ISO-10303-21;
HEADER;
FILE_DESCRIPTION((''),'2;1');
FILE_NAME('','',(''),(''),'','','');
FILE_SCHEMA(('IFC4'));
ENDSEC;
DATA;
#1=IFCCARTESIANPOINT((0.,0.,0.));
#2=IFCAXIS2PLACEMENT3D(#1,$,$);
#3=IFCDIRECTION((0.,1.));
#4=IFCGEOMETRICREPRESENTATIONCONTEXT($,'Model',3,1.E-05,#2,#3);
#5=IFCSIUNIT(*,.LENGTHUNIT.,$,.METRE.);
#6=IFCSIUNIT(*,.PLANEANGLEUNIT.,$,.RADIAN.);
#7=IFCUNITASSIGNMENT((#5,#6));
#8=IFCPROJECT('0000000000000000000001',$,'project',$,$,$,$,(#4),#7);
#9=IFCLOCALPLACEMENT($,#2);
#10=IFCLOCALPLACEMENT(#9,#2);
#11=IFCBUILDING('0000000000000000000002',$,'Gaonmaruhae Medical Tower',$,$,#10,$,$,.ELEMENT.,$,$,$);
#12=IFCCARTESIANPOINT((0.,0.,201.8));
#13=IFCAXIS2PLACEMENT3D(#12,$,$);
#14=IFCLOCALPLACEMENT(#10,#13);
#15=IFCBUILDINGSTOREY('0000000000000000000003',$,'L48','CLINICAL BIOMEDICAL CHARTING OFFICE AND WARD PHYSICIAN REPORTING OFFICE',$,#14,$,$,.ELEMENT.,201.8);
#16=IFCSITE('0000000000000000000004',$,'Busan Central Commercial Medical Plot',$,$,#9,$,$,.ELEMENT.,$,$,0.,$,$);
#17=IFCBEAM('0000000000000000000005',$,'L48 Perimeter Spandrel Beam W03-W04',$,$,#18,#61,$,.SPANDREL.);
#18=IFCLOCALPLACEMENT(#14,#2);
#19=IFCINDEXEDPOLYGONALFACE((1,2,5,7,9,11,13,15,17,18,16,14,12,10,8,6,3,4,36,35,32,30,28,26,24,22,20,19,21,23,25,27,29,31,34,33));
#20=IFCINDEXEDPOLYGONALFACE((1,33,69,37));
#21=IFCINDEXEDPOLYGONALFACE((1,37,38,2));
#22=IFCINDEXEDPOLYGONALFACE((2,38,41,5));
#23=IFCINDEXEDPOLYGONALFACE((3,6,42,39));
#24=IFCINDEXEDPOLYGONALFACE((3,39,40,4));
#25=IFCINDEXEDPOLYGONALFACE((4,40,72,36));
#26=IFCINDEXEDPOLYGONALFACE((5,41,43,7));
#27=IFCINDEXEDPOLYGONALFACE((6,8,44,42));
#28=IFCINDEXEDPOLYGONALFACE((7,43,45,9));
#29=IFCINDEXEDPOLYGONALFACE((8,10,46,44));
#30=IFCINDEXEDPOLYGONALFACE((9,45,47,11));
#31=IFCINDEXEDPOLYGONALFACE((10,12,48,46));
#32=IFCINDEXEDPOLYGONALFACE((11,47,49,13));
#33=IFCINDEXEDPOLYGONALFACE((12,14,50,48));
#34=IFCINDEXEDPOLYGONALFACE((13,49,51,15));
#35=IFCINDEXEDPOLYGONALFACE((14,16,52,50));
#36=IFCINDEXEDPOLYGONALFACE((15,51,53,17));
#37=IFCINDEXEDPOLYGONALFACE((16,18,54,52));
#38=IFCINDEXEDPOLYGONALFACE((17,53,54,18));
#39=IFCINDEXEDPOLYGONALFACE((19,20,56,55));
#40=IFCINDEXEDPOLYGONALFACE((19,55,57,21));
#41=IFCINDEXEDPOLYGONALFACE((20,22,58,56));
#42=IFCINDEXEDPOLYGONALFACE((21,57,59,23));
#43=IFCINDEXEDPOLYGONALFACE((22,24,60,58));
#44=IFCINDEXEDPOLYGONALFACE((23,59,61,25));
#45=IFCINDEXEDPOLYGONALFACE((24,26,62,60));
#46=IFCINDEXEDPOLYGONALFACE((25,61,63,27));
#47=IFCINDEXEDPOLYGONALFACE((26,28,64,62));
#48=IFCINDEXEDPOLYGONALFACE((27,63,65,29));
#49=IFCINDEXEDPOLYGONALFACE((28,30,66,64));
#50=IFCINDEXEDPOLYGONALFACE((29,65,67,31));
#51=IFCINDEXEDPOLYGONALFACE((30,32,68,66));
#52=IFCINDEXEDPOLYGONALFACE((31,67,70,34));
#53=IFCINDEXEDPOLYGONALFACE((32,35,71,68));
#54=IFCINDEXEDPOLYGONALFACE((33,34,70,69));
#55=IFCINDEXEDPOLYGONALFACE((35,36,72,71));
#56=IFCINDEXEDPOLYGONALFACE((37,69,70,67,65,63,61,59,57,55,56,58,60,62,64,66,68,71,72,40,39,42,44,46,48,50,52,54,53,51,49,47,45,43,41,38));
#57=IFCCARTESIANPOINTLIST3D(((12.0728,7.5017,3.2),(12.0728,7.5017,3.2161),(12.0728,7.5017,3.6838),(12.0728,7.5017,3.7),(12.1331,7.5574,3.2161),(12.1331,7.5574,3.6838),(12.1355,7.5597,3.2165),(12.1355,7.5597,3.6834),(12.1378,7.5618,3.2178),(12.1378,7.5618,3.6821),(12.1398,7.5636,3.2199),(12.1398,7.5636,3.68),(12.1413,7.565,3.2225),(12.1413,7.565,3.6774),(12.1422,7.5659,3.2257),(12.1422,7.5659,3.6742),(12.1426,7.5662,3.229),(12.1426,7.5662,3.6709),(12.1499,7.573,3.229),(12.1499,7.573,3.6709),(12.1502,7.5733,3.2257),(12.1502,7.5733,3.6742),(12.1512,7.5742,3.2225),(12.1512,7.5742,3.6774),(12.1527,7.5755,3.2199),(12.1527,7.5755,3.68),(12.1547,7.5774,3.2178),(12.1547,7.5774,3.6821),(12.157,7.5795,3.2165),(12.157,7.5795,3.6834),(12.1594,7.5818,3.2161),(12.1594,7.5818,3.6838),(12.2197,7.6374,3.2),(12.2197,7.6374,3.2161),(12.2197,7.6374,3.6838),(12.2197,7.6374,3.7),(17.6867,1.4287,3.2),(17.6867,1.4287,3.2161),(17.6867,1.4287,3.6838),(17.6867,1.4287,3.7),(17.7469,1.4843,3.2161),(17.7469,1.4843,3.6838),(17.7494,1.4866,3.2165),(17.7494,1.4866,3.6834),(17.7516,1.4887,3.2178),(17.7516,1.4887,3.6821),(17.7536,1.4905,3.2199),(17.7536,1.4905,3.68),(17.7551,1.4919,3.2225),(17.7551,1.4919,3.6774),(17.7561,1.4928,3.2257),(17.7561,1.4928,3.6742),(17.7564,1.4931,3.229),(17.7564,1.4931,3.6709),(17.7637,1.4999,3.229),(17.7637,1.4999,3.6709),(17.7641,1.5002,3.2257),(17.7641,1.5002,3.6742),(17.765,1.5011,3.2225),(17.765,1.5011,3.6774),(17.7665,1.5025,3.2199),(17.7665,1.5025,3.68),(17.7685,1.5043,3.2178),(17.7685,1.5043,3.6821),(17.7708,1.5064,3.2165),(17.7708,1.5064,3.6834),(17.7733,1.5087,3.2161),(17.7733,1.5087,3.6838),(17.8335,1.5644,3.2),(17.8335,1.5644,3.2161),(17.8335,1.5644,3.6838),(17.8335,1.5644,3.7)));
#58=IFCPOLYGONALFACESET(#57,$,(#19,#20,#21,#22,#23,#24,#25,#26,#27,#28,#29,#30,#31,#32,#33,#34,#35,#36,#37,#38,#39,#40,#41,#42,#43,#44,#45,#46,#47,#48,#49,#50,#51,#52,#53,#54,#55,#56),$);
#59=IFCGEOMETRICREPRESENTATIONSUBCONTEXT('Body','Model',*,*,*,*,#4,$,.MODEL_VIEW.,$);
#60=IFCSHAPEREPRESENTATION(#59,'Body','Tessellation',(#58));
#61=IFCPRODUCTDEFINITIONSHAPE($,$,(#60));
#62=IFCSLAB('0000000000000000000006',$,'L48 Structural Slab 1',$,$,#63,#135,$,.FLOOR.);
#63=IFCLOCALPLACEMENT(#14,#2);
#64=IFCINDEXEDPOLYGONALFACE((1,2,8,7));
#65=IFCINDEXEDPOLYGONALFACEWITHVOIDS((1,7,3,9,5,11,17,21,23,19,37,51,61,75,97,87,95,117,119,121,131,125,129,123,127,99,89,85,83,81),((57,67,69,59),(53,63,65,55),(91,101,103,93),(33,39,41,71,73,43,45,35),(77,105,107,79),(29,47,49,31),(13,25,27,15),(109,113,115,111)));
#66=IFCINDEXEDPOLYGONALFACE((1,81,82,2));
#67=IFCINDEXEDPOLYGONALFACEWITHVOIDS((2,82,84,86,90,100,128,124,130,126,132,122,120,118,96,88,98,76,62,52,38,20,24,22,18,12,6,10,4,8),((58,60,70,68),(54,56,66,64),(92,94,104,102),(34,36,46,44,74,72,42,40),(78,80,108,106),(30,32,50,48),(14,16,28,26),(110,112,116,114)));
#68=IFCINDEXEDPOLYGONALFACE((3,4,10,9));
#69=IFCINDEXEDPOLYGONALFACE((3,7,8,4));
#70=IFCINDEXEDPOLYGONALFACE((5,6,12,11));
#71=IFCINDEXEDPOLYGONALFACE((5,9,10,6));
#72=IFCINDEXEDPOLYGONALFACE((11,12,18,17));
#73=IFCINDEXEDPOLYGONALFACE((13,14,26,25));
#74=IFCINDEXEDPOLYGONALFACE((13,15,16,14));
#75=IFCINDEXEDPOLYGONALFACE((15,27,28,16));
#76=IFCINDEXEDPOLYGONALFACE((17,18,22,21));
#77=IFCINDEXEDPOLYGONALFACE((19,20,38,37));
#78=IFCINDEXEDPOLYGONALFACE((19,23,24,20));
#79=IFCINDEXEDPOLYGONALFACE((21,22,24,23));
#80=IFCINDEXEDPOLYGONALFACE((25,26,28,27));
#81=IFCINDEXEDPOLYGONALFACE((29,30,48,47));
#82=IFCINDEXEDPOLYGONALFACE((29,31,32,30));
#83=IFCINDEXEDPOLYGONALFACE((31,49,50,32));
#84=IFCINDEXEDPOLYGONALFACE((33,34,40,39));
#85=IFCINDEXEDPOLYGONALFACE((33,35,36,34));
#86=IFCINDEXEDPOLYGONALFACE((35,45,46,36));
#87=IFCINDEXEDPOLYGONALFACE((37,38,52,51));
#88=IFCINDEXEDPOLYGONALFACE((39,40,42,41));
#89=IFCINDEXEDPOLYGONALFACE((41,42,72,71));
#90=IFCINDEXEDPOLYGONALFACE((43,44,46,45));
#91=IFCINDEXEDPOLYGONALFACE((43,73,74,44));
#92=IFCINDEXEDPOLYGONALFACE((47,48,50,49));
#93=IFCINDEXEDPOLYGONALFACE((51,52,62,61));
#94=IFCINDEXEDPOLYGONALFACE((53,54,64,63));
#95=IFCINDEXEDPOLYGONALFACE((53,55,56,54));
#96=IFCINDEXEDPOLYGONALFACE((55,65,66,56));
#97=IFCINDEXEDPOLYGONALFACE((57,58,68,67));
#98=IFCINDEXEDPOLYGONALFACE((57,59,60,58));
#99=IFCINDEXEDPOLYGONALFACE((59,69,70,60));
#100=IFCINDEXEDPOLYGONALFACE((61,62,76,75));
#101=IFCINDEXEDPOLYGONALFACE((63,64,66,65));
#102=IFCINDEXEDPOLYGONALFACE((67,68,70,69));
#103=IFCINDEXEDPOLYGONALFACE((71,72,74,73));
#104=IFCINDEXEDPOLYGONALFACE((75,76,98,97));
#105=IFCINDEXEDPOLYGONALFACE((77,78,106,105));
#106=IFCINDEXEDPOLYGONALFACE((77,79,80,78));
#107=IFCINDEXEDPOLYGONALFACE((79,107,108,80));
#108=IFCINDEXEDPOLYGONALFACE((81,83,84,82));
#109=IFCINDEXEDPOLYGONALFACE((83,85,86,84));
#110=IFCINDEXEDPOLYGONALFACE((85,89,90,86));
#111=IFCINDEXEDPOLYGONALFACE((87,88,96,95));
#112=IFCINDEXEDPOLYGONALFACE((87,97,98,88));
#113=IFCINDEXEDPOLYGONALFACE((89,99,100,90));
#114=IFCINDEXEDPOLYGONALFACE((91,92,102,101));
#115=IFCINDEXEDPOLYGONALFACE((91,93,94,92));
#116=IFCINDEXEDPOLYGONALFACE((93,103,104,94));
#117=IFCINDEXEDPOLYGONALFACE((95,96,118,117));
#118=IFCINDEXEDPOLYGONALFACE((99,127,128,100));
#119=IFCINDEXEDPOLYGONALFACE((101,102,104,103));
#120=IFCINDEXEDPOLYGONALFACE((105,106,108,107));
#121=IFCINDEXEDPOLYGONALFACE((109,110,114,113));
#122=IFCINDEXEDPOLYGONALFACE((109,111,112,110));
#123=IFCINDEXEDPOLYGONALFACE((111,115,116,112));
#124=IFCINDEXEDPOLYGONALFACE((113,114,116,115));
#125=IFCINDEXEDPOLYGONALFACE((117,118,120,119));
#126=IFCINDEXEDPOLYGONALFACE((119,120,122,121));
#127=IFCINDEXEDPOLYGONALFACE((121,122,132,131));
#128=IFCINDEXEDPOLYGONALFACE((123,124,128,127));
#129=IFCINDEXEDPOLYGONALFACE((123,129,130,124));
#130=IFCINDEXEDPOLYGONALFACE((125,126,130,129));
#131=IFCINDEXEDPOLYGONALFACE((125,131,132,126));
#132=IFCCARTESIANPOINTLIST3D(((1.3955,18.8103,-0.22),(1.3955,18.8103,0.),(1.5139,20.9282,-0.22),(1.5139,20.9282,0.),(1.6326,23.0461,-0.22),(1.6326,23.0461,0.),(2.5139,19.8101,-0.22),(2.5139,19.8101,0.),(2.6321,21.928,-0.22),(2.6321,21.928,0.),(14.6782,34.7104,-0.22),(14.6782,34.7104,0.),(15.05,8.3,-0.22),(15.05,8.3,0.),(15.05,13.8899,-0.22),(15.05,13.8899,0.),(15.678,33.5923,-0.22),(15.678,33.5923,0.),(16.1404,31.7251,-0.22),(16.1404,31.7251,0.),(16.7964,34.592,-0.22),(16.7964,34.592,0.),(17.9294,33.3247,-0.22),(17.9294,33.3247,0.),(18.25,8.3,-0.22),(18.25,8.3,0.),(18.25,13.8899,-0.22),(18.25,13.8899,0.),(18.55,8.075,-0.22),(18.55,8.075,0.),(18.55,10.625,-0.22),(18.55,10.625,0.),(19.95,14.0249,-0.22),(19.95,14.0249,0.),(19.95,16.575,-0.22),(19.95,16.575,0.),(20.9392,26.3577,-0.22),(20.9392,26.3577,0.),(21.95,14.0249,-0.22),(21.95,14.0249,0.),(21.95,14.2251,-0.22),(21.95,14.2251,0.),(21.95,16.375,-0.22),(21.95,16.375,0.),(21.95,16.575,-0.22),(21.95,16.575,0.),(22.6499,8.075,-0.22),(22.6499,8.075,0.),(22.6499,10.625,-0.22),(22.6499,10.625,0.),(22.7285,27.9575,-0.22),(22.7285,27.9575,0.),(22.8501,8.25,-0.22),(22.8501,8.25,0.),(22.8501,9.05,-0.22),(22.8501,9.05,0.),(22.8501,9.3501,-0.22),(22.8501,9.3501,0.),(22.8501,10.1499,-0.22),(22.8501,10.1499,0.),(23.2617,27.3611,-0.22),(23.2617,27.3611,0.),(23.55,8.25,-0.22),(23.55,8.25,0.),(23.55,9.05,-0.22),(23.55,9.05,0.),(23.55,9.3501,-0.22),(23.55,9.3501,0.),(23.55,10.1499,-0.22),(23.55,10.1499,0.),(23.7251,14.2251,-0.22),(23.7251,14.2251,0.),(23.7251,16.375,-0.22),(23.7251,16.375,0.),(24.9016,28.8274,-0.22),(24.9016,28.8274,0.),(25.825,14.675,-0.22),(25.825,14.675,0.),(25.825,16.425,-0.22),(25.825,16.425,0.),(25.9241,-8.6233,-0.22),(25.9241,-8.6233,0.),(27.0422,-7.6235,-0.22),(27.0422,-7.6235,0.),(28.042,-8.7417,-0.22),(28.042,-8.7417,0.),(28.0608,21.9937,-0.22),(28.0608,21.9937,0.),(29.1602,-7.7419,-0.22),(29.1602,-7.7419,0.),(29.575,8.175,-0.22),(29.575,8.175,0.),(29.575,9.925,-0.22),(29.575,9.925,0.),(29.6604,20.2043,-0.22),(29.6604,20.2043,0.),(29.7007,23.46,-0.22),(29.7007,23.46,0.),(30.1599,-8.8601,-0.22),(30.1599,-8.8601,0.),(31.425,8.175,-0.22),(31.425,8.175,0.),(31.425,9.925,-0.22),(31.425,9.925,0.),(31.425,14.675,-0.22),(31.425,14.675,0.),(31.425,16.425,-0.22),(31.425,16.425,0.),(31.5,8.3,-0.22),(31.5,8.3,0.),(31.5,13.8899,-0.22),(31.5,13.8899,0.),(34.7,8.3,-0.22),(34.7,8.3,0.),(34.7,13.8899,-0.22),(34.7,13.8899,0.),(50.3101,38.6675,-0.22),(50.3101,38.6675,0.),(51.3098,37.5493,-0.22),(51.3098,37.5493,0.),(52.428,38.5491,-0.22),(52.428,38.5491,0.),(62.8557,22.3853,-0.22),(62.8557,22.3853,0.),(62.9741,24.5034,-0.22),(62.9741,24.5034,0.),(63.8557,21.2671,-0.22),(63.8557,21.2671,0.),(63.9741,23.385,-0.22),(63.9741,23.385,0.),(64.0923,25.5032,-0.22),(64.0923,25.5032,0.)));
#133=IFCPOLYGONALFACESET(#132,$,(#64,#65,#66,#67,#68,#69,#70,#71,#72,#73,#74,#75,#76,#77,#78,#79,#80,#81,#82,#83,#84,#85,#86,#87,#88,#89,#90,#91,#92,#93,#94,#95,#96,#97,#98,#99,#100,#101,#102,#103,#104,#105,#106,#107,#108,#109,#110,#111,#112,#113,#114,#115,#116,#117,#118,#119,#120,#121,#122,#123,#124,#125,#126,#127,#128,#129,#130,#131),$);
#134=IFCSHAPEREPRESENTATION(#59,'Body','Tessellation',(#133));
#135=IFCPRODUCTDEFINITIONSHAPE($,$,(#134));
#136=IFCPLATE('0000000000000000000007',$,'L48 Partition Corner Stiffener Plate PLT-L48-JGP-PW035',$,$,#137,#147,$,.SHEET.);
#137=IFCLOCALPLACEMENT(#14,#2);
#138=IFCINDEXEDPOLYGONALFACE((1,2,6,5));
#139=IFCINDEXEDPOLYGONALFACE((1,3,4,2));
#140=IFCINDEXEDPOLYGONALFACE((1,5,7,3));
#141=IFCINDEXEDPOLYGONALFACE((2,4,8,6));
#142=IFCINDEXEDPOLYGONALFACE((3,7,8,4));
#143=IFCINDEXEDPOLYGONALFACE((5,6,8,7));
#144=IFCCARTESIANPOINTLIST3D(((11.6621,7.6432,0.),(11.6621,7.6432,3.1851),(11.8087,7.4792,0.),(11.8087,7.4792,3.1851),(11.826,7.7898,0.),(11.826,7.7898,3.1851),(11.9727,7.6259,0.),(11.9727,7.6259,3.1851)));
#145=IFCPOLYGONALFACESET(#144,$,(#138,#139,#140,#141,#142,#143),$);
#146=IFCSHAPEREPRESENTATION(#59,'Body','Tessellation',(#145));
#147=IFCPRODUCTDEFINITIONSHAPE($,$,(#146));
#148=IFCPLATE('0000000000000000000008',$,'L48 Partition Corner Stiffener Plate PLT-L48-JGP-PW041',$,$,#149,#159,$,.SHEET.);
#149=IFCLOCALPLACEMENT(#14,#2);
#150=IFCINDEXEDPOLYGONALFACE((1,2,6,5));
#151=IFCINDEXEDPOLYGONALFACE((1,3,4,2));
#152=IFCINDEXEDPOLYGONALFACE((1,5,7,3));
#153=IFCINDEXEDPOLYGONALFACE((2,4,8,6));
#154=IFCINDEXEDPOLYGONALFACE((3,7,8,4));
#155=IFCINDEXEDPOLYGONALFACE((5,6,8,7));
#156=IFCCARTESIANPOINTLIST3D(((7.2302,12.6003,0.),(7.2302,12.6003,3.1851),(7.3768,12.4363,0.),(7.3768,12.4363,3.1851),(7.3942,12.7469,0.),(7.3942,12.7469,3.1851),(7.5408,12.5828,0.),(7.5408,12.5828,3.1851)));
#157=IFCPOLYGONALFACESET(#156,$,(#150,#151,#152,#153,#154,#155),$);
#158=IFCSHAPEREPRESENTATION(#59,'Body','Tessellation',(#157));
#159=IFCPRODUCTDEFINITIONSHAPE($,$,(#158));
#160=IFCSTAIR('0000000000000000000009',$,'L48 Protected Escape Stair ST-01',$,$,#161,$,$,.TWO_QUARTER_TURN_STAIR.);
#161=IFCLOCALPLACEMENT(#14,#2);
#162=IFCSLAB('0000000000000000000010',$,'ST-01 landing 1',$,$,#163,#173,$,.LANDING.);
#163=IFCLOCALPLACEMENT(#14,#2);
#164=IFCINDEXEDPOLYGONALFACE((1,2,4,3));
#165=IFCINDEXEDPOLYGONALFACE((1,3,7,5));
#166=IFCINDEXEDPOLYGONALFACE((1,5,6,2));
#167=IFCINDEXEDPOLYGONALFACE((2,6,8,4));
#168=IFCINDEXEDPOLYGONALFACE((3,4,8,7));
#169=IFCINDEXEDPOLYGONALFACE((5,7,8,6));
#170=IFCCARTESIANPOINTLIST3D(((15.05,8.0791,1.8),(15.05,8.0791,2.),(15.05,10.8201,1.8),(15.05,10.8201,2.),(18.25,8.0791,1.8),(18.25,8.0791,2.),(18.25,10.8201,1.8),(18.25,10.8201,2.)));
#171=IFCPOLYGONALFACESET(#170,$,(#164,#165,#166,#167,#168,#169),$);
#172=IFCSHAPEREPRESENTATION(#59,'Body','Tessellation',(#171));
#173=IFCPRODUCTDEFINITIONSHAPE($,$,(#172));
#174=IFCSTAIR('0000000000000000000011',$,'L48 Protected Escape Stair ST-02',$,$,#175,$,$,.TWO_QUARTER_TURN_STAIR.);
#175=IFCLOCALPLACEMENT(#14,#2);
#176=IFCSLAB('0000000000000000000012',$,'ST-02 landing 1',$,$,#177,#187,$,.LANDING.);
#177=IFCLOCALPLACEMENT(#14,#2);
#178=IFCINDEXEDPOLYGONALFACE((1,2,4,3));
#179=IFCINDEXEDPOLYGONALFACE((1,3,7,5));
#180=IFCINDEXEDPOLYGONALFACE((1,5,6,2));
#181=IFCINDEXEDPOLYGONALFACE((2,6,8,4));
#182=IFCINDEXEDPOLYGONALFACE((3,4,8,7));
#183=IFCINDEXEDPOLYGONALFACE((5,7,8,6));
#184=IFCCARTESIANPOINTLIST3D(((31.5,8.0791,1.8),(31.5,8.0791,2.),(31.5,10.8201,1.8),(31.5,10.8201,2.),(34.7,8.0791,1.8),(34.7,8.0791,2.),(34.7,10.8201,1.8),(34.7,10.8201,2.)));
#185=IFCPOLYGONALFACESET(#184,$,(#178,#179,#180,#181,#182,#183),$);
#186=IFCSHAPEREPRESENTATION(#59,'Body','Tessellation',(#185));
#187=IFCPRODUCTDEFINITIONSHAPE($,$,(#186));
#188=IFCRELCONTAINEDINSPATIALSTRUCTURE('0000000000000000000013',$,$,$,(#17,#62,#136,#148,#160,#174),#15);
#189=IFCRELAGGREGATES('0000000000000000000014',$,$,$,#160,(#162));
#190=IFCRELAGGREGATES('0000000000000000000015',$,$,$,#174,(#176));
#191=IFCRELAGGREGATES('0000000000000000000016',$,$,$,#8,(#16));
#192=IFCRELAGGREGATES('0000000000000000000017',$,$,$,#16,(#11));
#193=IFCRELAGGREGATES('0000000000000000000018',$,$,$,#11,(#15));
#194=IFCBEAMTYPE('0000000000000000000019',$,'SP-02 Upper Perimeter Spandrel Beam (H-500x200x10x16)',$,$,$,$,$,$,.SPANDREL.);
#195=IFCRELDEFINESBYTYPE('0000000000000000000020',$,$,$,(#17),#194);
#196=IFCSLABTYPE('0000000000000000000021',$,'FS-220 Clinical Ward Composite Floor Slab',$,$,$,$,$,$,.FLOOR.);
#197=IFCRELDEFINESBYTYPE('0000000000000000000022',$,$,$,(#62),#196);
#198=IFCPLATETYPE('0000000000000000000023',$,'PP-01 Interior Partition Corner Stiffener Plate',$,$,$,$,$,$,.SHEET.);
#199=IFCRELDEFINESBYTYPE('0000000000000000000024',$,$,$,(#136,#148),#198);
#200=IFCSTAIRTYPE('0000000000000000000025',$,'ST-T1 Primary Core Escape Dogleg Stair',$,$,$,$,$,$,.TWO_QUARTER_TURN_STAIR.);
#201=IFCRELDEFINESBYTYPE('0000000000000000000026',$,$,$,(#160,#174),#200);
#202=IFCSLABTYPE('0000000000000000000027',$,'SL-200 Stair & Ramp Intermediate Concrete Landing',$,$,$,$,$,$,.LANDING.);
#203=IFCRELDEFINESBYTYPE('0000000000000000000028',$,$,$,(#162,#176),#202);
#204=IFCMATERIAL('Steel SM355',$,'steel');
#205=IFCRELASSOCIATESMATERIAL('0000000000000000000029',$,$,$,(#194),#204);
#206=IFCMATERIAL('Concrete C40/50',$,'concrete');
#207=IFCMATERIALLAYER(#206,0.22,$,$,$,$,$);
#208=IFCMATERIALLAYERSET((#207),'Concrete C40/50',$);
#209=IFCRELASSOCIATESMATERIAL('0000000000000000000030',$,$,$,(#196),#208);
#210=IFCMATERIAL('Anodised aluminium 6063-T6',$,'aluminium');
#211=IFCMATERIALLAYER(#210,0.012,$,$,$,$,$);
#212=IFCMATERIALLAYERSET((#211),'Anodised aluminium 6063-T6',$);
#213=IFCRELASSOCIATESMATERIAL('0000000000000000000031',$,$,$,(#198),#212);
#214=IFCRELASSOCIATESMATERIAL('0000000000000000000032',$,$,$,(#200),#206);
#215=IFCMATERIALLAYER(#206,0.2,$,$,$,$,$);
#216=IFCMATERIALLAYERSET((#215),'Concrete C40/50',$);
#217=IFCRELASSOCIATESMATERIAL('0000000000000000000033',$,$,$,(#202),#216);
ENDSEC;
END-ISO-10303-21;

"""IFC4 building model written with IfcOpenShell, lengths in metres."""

from ifc_helpers import new_model, si_unit, direction, frame, origin, origin_2d, place, context, subcontext, project, spatial, polyline, rectangle, i_section, outline, extrude, material, layer, layer_set, material_profile, profile_set, type_object, element, aggregate, save


model = new_model("IFC4")

# Units and contexts
model_context = context("Model", 3, precision=1e-05, world=origin(), true_north=direction((0.0, 1.0)))
body_context = subcontext(model_context, "Body", "Model", "MODEL_VIEW")
ifc_project = project(units=[si_unit("LENGTHUNIT", "METRE"), si_unit("PLANEANGLEUNIT", "RADIAN")], contexts=[model_context])

# Site, building, storey
site_placement = place(None, origin())
site = spatial("IfcSite", under=ifc_project, at=site_placement, Name="Busan Central Commercial Medical Plot", CompositionType="ELEMENT", RefElevation=0.0)
building_placement = place(site_placement, origin())
building = spatial("IfcBuilding", under=site, at=building_placement, Name="Gaonmaruhae Medical Tower", CompositionType="ELEMENT")
storey_placement = place(building_placement, frame((0.0, 0.0, 201.8)))
storey = spatial("IfcBuildingStorey", under=building, at=storey_placement, Name="L48", Description="CLINICAL BIOMEDICAL CHARTING OFFICE AND WARD PHYSICIAN REPORTING OFFICE", CompositionType="ELEMENT", Elevation=201.8)

# Beam
ifc_material_1 = material(Name="Steel SM355", Category="steel")
ifc_material_profile_1 = material_profile(ifc_material_1, i_section(OverallWidth=0.2, OverallDepth=0.5, WebThickness=0.01, FlangeThickness=0.0161, FilletRadius=0.0129, at=origin_2d()), Name="H-500x200x10x16")
ifc_profile_set_1 = profile_set([ifc_material_profile_1], Name="Steel SM355")
beam_type_1 = type_object("IfcBeamType", Name="SP-02 Upper Perimeter Spandrel Beam (H-500x200x10x16)", PredefinedType="SPANDREL", material=ifc_profile_set_1)
beam_1_placement = place(storey_placement, frame((12.1462, 7.5696, 3.45), z_axis=(0.678797, -0.734326, 0.0), x_axis=(0.734326, 0.678797, 0.0)))
element("IfcBeam", 1, at=beam_1_placement, inside=storey, type_object=beam_type_1, Name="L48 Perimeter Spandrel Beam W03-W04", PredefinedType="SPANDREL", context=body_context, shape_type="SweptSolid", body=[
    extrude(i_section(OverallWidth=0.2, OverallDepth=0.5, WebThickness=0.01, FlangeThickness=0.0161, FilletRadius=0.0129, at=origin_2d()), origin(), (0.0, 0.0, 1.0), 8.2703),
])

# Slab
ifc_material_2 = material(Name="Concrete C40/50", Category="concrete")
ifc_layer_1 = layer(ifc_material_2, 0.22)
ifc_layer_set_1 = layer_set([ifc_layer_1], Name="Concrete C40/50")
slab_type_1 = type_object("IfcSlabType", Name="FS-220 Clinical Ward Composite Floor Slab", PredefinedType="FLOOR", material=ifc_layer_set_1)
slab_1_placement = place(storey_placement, frame((0.0, 0.0, -0.22)))
element("IfcSlab", 2, at=slab_1_placement, inside=storey, type_object=slab_type_1, Name="L48 Structural Slab 1", PredefinedType="FLOOR", context=body_context, shape_type="SweptSolid", body=[
    extrude(outline(polyline([(50.3101, 38.6675), (51.3098, 37.5493), (52.428, 38.5491), (64.0923, 25.5032), (62.9741, 24.5034), (63.9741, 23.385), (62.8557, 22.3853), (63.8557, 21.2671), (30.1599, -8.8601), (29.1602, -7.7419), (28.042, -8.7417), (27.0422, -7.6235), (25.9241, -8.6233), (1.3955, 18.8103), (2.5139, 19.8101), (1.5139, 20.9282), (2.6321, 21.928), (1.6326, 23.0461), (14.6782, 34.7104), (15.678, 33.5923), (16.7964, 34.592), (17.9294, 33.3247), (16.1404, 31.7251), (20.9392, 26.3577), (22.7285, 27.9575), (23.2617, 27.3611), (24.9016, 28.8274), (29.7007, 23.46), (28.0608, 21.9937), (29.6604, 20.2043), (50.3101, 38.6675)]), holes=[polyline([(23.55, 8.25), (22.8501, 8.25), (22.8501, 9.05), (23.55, 9.05), (23.55, 8.25)]), polyline([(31.425, 9.925), (31.425, 8.175), (29.575, 8.175), (29.575, 9.925), (31.425, 9.925)]), polyline([(22.6499, 10.625), (22.6499, 8.075), (18.55, 8.075), (18.55, 10.625), (22.6499, 10.625)]), polyline([(23.55, 9.3501), (22.8501, 9.3501), (22.8501, 10.1499), (23.55, 10.1499), (23.55, 9.3501)]), polyline([(15.05, 13.8899), (18.25, 13.8899), (18.25, 8.3), (15.05, 8.3), (15.05, 13.8899)]), polyline([(31.5, 13.8899), (34.7, 13.8899), (34.7, 8.3), (31.5, 8.3), (31.5, 13.8899)]), polyline([(21.95, 14.2251), (21.95, 14.0249), (19.95, 14.0249), (19.95, 16.575), (21.95, 16.575), (21.95, 16.375), (23.7251, 16.375), (23.7251, 14.2251), (21.95, 14.2251)]), polyline([(31.425, 16.425), (31.425, 14.675), (25.825, 14.675), (25.825, 16.425), (31.425, 16.425)])]), origin(), (0.0, 0.0, 1.0), 0.22),
])

# Plates
ifc_material_3 = material(Name="Anodised aluminium 6063-T6", Category="aluminium")
ifc_layer_2 = layer(ifc_material_3, 0.012)
ifc_layer_set_2 = layer_set([ifc_layer_2], Name="Anodised aluminium 6063-T6")
plate_type = type_object("IfcPlateType", Name="PP-01 Interior Partition Corner Stiffener Plate", PredefinedType="SHEET", material=ifc_layer_set_2)
for number, where, z_axis, x_axis, name in (
    (3, (11.8174, 7.6345, 0.0), (0.0, 0.0, 1.0), (-0.666676, 0.745348, 0.0), "L48 Partition Corner Stiffener Plate PLT-L48-JGP-PW035"),
    (4, (7.3855, 12.5916, 0.0), (0.0, 0.0, 1.0), (-0.666324, 0.745662, 0.0), "L48 Partition Corner Stiffener Plate PLT-L48-JGP-PW041"),
):
    element("IfcPlate", number, at=place(storey_placement, frame(where, z_axis=z_axis, x_axis=x_axis)), inside=storey, type_object=plate_type, Name=name, PredefinedType="SHEET", context=body_context, shape_type="SweptSolid", body=[
        extrude(rectangle(XDim=0.22, YDim=0.22, at=origin_2d()), origin(), (0.0, 0.0, 1.0), 3.1851),
    ])

# Stairs, slabs
stair_type = type_object("IfcStairType", Name="ST-T1 Primary Core Escape Dogleg Stair", PredefinedType="TWO_QUARTER_TURN_STAIR", material=ifc_material_2)
stair_1_placement = place(storey_placement, origin())
stair_1 = element("IfcStair", 5, at=stair_1_placement, inside=storey, type_object=stair_type, Name="L48 Protected Escape Stair ST-01", PredefinedType="TWO_QUARTER_TURN_STAIR")
ifc_layer_3 = layer(ifc_material_2, 0.2)
ifc_layer_set_3 = layer_set([ifc_layer_3], Name="Concrete C40/50")
slab_type_2 = type_object("IfcSlabType", Name="SL-200 Stair & Ramp Intermediate Concrete Landing", PredefinedType="LANDING", material=ifc_layer_set_3)
slab_2_placement = place(storey_placement, frame((0.0, 0.0, 1.8)))
slab_2 = element("IfcSlab", 6, at=slab_2_placement, type_object=slab_type_2, Name="ST-01 landing 1", PredefinedType="LANDING", context=body_context, shape_type="SweptSolid", body=[
    extrude(outline(polyline([(15.05, 10.8201), (15.05, 8.0791), (18.25, 8.0791), (18.25, 10.8201), (15.05, 10.8201)])), origin(), (0.0, 0.0, 1.0), 0.2),
])
aggregate(stair_1, [slab_2])
stair_2_placement = place(storey_placement, origin())
stair_2 = element("IfcStair", 7, at=stair_2_placement, inside=storey, type_object=stair_type, Name="L48 Protected Escape Stair ST-02", PredefinedType="TWO_QUARTER_TURN_STAIR")
slab_3_placement = place(storey_placement, frame((0.0, 0.0, 1.8)))
slab_3 = element("IfcSlab", 8, at=slab_3_placement, type_object=slab_type_2, Name="ST-02 landing 1", PredefinedType="LANDING", context=body_context, shape_type="SweptSolid", body=[
    extrude(outline(polyline([(31.5, 10.8201), (31.5, 8.0791), (34.7, 8.0791), (34.7, 10.8201), (31.5, 10.8201)])), origin(), (0.0, 0.0, 1.0), 0.2),
])
aggregate(stair_2, [slab_3])

save(model, "model.ifc")
